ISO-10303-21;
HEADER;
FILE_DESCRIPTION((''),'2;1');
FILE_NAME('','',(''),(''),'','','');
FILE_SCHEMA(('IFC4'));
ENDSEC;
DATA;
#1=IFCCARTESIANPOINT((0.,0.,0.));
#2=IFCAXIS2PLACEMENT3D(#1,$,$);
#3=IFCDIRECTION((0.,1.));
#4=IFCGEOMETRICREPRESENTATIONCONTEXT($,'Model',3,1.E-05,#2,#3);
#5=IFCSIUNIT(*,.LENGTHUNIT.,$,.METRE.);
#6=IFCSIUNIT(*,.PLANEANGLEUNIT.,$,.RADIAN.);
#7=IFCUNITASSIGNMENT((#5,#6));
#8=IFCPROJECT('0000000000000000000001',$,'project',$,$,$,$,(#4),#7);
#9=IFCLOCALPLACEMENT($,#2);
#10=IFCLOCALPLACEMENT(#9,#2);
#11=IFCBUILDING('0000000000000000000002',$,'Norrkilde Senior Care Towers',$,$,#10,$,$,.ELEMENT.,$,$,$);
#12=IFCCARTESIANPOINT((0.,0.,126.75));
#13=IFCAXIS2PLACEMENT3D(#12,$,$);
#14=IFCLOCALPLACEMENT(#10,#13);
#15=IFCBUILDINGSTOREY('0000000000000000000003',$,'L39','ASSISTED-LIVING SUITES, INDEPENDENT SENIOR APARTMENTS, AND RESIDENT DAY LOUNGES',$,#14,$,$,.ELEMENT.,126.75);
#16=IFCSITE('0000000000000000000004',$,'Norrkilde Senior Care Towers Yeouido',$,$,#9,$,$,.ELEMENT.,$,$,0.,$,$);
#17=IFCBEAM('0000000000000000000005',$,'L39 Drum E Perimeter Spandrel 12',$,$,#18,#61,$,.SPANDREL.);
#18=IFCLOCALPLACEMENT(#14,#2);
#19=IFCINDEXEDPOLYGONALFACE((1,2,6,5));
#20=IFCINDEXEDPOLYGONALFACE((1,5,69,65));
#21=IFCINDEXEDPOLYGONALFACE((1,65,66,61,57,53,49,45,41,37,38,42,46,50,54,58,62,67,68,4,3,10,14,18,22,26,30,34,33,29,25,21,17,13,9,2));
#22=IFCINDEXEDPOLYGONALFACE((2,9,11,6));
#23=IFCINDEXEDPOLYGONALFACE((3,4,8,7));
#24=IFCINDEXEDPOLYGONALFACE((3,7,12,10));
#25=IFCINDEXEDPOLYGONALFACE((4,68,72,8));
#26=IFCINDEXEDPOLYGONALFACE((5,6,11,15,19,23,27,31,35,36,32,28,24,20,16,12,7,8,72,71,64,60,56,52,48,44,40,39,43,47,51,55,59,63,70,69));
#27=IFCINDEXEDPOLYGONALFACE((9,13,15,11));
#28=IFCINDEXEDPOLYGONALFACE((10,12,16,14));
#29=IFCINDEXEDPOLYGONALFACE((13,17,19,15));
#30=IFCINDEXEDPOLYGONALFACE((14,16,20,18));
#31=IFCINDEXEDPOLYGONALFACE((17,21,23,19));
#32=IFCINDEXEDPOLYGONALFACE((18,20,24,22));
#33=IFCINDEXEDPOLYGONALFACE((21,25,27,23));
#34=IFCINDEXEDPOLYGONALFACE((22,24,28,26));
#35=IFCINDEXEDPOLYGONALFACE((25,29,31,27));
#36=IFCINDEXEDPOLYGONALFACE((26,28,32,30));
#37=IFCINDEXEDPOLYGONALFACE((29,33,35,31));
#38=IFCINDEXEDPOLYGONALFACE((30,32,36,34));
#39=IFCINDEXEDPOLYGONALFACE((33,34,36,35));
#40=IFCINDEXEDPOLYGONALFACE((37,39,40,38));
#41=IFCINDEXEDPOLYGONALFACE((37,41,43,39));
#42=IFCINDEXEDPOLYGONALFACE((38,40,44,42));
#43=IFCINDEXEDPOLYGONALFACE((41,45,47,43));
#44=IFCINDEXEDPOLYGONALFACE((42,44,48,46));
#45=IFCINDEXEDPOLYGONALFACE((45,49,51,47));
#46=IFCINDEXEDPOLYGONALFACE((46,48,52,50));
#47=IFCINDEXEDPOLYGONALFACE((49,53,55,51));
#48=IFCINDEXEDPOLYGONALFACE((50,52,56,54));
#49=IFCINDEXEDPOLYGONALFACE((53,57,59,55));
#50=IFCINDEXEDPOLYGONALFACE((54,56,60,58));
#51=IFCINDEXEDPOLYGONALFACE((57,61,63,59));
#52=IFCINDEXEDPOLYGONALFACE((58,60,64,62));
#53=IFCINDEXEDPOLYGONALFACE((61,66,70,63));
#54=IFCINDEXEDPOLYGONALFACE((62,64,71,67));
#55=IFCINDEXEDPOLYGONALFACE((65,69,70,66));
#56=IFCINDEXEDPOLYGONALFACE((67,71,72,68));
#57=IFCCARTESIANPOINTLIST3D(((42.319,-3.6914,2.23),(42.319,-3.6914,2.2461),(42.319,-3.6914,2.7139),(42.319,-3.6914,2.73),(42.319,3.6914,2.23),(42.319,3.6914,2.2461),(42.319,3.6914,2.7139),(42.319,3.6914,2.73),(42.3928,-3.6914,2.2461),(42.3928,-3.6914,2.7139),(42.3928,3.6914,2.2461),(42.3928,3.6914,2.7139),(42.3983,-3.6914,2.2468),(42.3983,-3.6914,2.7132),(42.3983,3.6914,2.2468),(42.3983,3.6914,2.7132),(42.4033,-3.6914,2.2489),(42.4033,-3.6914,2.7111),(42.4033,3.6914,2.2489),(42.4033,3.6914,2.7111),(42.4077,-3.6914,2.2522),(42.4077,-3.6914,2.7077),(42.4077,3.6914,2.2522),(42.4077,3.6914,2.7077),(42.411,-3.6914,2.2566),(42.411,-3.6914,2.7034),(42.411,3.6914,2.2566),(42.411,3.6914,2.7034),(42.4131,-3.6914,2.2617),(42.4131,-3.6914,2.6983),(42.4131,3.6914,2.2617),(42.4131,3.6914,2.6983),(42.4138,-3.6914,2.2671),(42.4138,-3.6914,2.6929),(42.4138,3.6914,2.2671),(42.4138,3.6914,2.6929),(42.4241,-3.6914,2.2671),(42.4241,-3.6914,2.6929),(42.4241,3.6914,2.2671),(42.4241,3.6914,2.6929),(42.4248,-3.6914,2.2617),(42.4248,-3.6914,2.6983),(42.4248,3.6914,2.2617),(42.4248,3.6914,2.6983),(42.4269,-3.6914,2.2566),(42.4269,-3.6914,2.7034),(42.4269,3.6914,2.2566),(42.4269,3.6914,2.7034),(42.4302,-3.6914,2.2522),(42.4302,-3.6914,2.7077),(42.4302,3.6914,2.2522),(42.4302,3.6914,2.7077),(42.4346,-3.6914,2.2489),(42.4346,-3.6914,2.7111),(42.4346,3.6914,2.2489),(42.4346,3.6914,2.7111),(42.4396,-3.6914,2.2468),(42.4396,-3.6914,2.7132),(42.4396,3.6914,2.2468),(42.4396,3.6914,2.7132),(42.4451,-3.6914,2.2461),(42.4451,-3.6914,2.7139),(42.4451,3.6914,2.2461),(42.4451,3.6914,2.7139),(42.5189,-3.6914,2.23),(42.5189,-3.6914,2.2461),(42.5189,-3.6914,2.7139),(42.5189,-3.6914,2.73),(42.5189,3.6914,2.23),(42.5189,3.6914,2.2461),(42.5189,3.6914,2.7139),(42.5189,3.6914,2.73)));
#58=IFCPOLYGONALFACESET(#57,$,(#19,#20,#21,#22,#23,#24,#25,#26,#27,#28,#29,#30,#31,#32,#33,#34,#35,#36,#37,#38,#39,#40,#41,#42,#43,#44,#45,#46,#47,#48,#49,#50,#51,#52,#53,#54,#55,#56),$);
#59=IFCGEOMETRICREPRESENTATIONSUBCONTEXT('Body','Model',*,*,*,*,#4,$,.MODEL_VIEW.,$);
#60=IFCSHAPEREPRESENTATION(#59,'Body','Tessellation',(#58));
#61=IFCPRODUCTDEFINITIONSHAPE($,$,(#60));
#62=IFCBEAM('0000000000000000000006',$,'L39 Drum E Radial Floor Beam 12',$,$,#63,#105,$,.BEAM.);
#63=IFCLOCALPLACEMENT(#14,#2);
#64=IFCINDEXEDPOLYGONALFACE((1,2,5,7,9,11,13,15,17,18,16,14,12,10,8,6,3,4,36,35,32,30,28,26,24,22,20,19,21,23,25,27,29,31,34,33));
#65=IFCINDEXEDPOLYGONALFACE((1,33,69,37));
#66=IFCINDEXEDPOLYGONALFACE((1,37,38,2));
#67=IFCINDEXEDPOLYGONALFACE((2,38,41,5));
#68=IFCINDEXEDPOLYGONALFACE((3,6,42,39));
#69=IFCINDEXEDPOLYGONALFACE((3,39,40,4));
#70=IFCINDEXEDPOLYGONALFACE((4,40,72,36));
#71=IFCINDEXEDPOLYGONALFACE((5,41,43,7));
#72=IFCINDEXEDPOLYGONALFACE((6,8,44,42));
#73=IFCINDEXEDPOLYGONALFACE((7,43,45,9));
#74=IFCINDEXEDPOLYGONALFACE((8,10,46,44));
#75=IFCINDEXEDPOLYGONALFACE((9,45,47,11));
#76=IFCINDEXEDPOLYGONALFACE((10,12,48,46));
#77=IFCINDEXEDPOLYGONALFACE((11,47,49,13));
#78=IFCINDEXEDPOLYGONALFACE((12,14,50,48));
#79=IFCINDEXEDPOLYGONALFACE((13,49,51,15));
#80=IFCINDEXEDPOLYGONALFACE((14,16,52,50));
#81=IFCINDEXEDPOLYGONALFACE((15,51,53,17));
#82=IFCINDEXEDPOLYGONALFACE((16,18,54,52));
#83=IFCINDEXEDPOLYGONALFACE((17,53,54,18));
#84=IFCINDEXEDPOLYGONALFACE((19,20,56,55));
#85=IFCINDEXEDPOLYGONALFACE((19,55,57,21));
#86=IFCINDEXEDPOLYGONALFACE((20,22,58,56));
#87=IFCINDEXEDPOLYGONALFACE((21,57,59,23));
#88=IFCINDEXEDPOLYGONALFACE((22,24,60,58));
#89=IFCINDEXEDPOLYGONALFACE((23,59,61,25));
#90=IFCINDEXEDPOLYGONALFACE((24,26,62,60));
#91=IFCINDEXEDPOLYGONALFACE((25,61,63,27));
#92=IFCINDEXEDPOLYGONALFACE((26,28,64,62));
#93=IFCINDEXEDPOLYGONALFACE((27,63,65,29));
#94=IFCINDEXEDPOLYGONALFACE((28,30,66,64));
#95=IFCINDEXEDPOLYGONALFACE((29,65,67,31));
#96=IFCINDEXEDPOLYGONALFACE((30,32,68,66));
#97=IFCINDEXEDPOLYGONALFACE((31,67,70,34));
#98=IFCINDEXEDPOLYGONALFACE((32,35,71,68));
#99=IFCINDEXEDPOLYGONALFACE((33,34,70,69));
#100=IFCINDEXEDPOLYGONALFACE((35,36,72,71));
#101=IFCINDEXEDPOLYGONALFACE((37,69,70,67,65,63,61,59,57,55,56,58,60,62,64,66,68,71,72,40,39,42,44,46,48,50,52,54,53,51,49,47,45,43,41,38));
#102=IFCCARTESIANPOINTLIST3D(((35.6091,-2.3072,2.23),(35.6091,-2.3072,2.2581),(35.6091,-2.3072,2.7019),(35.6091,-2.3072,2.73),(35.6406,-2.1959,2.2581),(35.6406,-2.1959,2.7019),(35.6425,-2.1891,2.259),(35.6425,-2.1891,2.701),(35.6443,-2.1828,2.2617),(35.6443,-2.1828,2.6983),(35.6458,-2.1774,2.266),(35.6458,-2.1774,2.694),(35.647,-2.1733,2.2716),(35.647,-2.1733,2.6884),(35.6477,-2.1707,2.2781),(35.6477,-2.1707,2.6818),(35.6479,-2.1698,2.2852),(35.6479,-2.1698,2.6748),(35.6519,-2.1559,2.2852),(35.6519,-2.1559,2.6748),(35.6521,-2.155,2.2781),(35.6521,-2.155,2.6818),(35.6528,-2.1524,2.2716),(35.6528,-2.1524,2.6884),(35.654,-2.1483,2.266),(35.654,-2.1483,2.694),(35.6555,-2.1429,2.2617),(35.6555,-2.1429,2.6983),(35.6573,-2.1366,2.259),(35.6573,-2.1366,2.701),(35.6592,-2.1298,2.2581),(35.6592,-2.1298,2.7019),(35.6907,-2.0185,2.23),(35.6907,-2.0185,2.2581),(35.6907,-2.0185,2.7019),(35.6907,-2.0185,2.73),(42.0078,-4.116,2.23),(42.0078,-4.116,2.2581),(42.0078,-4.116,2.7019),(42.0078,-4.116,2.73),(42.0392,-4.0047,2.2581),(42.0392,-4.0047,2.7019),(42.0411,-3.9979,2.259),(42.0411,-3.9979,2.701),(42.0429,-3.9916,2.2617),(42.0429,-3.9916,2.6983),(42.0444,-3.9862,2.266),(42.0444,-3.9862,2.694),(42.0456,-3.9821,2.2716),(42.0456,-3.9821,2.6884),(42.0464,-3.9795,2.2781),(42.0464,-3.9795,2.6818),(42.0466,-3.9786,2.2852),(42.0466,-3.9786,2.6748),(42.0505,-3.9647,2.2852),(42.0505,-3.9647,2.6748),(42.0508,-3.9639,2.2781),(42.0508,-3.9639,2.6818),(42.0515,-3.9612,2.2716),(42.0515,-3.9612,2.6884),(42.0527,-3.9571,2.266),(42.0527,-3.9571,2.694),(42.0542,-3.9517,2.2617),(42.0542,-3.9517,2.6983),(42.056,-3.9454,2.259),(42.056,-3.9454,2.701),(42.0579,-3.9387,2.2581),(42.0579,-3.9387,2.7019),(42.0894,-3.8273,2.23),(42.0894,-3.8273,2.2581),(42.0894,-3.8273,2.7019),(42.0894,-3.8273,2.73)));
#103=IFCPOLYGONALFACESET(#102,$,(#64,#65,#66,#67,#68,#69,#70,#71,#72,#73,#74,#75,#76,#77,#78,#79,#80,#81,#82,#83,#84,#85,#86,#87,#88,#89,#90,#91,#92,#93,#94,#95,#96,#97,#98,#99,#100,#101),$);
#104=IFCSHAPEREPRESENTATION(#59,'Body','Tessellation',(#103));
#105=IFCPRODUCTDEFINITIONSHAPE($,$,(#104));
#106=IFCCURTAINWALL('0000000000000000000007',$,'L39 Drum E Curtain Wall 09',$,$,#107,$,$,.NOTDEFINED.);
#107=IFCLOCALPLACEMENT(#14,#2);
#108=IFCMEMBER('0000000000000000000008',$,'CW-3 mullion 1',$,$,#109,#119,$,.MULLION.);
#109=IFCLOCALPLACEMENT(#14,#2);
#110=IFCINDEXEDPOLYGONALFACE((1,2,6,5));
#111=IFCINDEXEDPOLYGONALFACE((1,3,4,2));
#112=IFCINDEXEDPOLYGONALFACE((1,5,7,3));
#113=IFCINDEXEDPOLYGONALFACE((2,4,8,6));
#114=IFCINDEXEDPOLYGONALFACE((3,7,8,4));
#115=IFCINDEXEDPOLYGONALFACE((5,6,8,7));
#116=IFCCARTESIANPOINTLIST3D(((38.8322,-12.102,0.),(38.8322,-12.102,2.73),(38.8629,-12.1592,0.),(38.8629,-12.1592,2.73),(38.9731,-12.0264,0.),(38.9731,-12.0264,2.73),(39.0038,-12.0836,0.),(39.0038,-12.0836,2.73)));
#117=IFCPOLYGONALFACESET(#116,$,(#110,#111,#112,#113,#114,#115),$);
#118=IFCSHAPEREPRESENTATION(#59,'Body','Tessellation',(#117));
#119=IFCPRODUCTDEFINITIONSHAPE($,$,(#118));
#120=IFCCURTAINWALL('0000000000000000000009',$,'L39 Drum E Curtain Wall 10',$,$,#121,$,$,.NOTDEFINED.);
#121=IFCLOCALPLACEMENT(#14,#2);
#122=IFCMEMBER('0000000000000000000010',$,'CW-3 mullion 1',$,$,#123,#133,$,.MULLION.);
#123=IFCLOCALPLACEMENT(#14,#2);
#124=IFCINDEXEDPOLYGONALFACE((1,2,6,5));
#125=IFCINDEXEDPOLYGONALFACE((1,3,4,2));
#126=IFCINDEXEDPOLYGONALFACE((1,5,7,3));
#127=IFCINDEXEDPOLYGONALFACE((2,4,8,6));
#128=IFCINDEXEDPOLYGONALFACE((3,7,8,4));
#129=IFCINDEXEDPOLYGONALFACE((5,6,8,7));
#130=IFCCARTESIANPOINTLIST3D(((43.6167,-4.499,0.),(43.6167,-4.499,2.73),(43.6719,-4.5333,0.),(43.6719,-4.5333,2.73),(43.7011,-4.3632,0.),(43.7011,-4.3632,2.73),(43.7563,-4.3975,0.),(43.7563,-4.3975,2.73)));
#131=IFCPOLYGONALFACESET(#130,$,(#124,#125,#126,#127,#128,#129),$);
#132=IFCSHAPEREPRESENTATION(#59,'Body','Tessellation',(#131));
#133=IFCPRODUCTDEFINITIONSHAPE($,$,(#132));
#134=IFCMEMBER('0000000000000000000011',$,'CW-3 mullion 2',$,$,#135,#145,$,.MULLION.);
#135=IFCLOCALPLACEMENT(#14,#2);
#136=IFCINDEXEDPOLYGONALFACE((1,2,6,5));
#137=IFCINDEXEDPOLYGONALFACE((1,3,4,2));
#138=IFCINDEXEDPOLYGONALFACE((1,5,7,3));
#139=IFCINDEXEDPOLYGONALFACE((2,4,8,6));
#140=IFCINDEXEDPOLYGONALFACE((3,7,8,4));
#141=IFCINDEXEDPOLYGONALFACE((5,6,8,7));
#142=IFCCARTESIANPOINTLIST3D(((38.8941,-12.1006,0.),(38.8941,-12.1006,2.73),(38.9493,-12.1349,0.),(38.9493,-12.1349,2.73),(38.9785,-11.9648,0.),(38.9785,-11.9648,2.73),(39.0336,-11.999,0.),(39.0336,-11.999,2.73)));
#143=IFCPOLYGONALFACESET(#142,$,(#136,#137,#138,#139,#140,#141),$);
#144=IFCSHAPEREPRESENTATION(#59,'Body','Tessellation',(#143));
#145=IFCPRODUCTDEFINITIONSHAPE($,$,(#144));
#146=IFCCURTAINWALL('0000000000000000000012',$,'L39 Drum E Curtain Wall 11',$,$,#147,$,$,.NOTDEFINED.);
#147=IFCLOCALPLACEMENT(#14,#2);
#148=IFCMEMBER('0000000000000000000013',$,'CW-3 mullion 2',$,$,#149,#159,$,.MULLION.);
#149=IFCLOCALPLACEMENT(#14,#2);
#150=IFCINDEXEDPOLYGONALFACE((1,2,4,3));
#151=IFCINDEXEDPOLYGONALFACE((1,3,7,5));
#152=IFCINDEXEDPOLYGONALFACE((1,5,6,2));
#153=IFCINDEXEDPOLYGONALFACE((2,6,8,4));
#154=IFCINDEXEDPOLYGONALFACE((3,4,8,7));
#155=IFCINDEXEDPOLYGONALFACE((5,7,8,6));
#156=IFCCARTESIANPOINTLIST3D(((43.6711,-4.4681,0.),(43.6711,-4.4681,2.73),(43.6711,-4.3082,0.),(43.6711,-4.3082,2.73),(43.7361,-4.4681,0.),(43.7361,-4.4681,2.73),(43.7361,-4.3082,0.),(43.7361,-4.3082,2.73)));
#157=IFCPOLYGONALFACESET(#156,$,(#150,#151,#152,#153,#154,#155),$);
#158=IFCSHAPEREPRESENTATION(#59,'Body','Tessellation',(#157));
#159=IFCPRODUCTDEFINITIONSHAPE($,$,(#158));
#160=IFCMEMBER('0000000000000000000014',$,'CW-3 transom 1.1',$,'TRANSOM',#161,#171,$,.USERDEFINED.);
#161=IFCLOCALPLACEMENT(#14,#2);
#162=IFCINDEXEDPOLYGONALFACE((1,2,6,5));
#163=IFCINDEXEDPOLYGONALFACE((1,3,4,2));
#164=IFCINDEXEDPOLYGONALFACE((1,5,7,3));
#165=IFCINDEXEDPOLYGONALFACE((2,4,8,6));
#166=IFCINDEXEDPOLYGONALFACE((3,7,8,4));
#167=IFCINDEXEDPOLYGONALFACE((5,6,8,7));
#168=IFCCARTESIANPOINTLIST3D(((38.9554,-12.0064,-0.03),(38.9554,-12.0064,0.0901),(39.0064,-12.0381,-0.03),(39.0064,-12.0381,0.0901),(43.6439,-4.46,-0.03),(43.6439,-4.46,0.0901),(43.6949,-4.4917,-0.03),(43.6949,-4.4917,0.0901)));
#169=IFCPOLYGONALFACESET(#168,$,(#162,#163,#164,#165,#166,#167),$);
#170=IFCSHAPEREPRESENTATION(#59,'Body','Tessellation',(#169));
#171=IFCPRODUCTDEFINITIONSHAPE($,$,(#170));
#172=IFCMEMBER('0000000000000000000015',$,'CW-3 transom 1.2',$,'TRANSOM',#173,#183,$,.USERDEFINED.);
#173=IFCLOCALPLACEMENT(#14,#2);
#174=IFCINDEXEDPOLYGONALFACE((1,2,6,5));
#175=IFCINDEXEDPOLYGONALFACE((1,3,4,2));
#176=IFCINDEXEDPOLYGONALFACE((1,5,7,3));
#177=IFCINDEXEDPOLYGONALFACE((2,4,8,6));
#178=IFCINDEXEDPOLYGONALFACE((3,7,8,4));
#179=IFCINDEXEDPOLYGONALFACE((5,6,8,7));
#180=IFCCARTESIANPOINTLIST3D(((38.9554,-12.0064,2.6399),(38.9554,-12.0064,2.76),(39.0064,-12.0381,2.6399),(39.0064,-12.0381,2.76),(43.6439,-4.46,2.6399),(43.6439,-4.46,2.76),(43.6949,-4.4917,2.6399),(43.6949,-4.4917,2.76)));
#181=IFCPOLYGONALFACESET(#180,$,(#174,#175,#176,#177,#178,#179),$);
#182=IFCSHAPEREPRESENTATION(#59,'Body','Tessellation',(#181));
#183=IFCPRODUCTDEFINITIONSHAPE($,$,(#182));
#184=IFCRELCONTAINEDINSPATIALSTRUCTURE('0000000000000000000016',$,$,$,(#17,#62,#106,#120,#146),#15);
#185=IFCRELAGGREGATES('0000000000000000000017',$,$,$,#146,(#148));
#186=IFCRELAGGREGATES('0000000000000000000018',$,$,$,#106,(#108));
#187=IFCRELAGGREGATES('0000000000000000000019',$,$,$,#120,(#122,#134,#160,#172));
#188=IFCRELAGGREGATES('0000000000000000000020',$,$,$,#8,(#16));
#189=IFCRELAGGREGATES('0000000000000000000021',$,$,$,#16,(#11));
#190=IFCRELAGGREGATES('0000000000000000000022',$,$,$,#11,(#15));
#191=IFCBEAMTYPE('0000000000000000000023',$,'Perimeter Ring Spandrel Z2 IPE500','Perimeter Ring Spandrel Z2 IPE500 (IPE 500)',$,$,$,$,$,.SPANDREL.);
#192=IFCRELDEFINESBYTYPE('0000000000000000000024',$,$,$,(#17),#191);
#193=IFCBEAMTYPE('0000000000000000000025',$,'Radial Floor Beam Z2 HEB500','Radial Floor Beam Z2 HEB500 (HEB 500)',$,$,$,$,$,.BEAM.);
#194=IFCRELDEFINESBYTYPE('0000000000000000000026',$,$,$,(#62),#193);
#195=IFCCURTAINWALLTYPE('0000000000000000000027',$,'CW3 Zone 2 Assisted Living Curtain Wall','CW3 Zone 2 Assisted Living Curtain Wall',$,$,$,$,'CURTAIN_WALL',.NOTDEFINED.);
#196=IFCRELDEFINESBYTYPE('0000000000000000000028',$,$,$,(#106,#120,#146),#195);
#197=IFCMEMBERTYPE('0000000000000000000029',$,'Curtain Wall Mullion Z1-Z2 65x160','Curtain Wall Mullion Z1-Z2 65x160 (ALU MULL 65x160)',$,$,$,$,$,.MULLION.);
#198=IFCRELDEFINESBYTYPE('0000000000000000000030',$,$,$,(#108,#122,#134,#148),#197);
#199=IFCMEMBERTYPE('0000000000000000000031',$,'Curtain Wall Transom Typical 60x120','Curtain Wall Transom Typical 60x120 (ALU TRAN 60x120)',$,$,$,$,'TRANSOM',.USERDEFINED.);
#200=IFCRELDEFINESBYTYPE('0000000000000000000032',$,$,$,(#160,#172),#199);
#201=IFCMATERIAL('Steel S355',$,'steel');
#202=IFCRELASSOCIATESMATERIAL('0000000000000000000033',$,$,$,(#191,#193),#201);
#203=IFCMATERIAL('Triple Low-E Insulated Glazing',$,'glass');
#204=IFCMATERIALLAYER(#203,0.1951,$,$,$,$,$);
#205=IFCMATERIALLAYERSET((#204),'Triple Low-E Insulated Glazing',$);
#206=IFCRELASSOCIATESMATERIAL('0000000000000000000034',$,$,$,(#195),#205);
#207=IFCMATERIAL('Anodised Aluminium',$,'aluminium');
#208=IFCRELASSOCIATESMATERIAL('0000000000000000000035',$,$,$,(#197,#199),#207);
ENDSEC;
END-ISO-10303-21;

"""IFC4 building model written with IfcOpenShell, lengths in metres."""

from ifc_helpers import new_model, si_unit, direction, frame, origin, origin_2d, place, context, subcontext, project, spatial, rectangle, i_section, extrude, source, transform, mapped, material, layer, layer_set, material_profile, profile_set, type_object, type_shapes, element, aggregate, save


model = new_model("IFC4")

# Units and contexts
model_context = context("Model", 3, precision=1e-05, world=origin(), true_north=direction((0.0, 1.0)))
body_context = subcontext(model_context, "Body", "Model", "MODEL_VIEW")
ifc_project = project(units=[si_unit("LENGTHUNIT", "METRE"), si_unit("PLANEANGLEUNIT", "RADIAN")], contexts=[model_context])

# Site, building, storey
site_placement = place(None, origin())
site = spatial("IfcSite", under=ifc_project, at=site_placement, Name="Norrkilde Senior Care Towers Yeouido", CompositionType="ELEMENT", RefElevation=0.0)
building_placement = place(site_placement, origin())
building = spatial("IfcBuilding", under=site, at=building_placement, Name="Norrkilde Senior Care Towers", CompositionType="ELEMENT")
storey_placement = place(building_placement, frame((0.0, 0.0, 126.75)))
storey = spatial("IfcBuildingStorey", under=building, at=storey_placement, Name="L39", Description="ASSISTED-LIVING SUITES, INDEPENDENT SENIOR APARTMENTS, AND RESIDENT DAY LOUNGES", CompositionType="ELEMENT", Elevation=126.75)

# Beams
ifc_material_1 = material(Name="Steel S355", Category="steel")
ifc_material_profile_1 = material_profile(ifc_material_1, i_section(OverallWidth=0.2, OverallDepth=0.5, WebThickness=0.0103, FlangeThickness=0.0161, FilletRadius=0.021, at=origin_2d()), Name="IPE 500")
ifc_profile_set_1 = profile_set([ifc_material_profile_1], Name="Steel S355")
beam_type_1 = type_object("IfcBeamType", Name="Perimeter Ring Spandrel Z2 IPE500", Description="Perimeter Ring Spandrel Z2 IPE500 (IPE 500)", PredefinedType="SPANDREL", material=ifc_profile_set_1)
shared_shape_1 = source(origin(), body_context, "Body", "SweptSolid", [
    extrude(i_section(OverallWidth=0.2, OverallDepth=0.5, WebThickness=0.0103, FlangeThickness=0.0161, FilletRadius=0.021, at=origin_2d()), origin(), (0.0, 0.0, 1.0), 7.3828),
])
beam_1_placement = place(storey_placement, frame((42.4189, -3.6914, 2.48), z_axis=(0.0, 1.0, 0.0), x_axis=(-1.0, 0.0, 0.0)))
element("IfcBeam", 1, at=beam_1_placement, inside=storey, type_object=beam_type_1, Name="L39 Drum E Perimeter Spandrel 12", PredefinedType="SPANDREL", context=body_context, shape_type="MappedRepresentation", body=[
    mapped(shared_shape_1, transform((0.0, 0.0, 0.0), x_axis=(1.0, 0.0, 0.0), y_axis=(0.0, 1.0, 0.0), z_axis=(0.0, 0.0, 1.0), scale=1.0)),
])
ifc_material_profile_2 = material_profile(ifc_material_1, i_section(OverallWidth=0.3, OverallDepth=0.5, WebThickness=0.0144, FlangeThickness=0.0281, FilletRadius=0.0271, at=origin_2d()), Name="HEB 500")
ifc_profile_set_2 = profile_set([ifc_material_profile_2], Name="Steel S355")
beam_type_2 = type_object("IfcBeamType", Name="Radial Floor Beam Z2 HEB500", Description="Radial Floor Beam Z2 HEB500 (HEB 500)", PredefinedType="BEAM", material=ifc_profile_set_2)
shared_shape_2 = source(origin(), body_context, "Body", "SweptSolid", [
    extrude(i_section(OverallWidth=0.3, OverallDepth=0.5, WebThickness=0.0144, FlangeThickness=0.0281, FilletRadius=0.0271, at=origin_2d()), origin(), (0.0, 0.0, 1.0), 6.6494),
])
type_shapes(beam_type_2, [shared_shape_2])
beam_2_placement = place(storey_placement, frame((35.6499, -2.1628, 2.48), z_axis=(0.962289, -0.272029, 0.0), x_axis=(0.272029, 0.962289, 0.0)))
element("IfcBeam", 2, at=beam_2_placement, inside=storey, type_object=beam_type_2, Name="L39 Drum E Radial Floor Beam 12", PredefinedType="BEAM", context=body_context, shape_type="MappedRepresentation", body=[
    mapped(shared_shape_2, transform((0.0, 0.0, 0.0), x_axis=(1.0, 0.0, 0.0), y_axis=(0.0, 1.0, 0.0), z_axis=(0.0, 0.0, 1.0), scale=1.0)),
])

# Curtain wall, member
ifc_material_2 = material(Name="Triple Low-E Insulated Glazing", Category="glass")
ifc_layer_1 = layer(ifc_material_2, 0.1951)
ifc_layer_set_1 = layer_set([ifc_layer_1], Name="Triple Low-E Insulated Glazing")
curtain_wall_type = type_object("IfcCurtainWallType", Name="CW3 Zone 2 Assisted Living Curtain Wall", Description="CW3 Zone 2 Assisted Living Curtain Wall", ElementType="CURTAIN_WALL", PredefinedType="NOTDEFINED", material=ifc_layer_set_1)
curtain_wall_1_placement = place(storey_placement, origin())
curtain_wall_1 = element("IfcCurtainWall", 3, at=curtain_wall_1_placement, inside=storey, type_object=curtain_wall_type, Name="L39 Drum E Curtain Wall 09", PredefinedType="NOTDEFINED")
ifc_material_3 = material(Name="Anodised Aluminium", Category="aluminium")
ifc_material_profile_3 = material_profile(ifc_material_3, rectangle(XDim=0.0649, YDim=0.1599, at=origin_2d()), Name="ALU MULL 65x160")
ifc_profile_set_3 = profile_set([ifc_material_profile_3], Name="Anodised Aluminium")
member_type_1 = type_object("IfcMemberType", Name="Curtain Wall Mullion Z1-Z2 65x160", Description="Curtain Wall Mullion Z1-Z2 65x160 (ALU MULL 65x160)", PredefinedType="MULLION", material=ifc_profile_set_3)
shared_shape_3 = source(origin(), body_context, "Body", "SweptSolid", [
    extrude(rectangle(XDim=0.0649, YDim=0.1599, at=origin_2d()), origin(), (0.0, 0.0, 1.0), 2.73),
])
type_shapes(member_type_1, [shared_shape_3])
member_1_placement = place(storey_placement, frame((38.918, -12.0928, 0.0), z_axis=(0.0, 0.0, 1.0), x_axis=(0.472769, -0.881186, 0.0)))
member_1 = element("IfcMember", 4, at=member_1_placement, type_object=member_type_1, Name="CW-3 mullion 1", PredefinedType="MULLION", context=body_context, shape_type="MappedRepresentation", body=[
    mapped(shared_shape_3, transform((0.0, 0.0, 0.0), x_axis=(1.0, 0.0, 0.0), y_axis=(0.0, 1.0, 0.0), z_axis=(0.0, 0.0, 1.0), scale=1.0)),
])

# Curtain wall, members
curtain_wall_2_placement = place(storey_placement, origin())
curtain_wall_2 = element("IfcCurtainWall", 5, at=curtain_wall_2_placement, inside=storey, type_object=curtain_wall_type, Name="L39 Drum E Curtain Wall 10", PredefinedType="NOTDEFINED")
member_2_placement = place(storey_placement, frame((43.6865, -4.4482, 0.0), z_axis=(0.0, 0.0, 1.0), x_axis=(0.84941, -0.527733, 0.0)))
member_2 = element("IfcMember", 6, at=member_2_placement, type_object=member_type_1, Name="CW-3 mullion 1", PredefinedType="MULLION", context=body_context, shape_type="MappedRepresentation", body=[
    mapped(shared_shape_3, transform((0.0, 0.0, 0.0), x_axis=(1.0, 0.0, 0.0), y_axis=(0.0, 1.0, 0.0), z_axis=(0.0, 0.0, 1.0), scale=1.0)),
])
member_3_placement = place(storey_placement, frame((38.9639, -12.0498, 0.0), z_axis=(0.0, 0.0, 1.0), x_axis=(0.84941, -0.527733, 0.0)))
member_3 = element("IfcMember", 7, at=member_3_placement, type_object=member_type_1, Name="CW-3 mullion 2", PredefinedType="MULLION", context=body_context, shape_type="MappedRepresentation", body=[
    mapped(shared_shape_3, transform((0.0, 0.0, 0.0), x_axis=(1.0, 0.0, 0.0), y_axis=(0.0, 1.0, 0.0), z_axis=(0.0, 0.0, 1.0), scale=1.0)),
])

# Curtain wall, member
curtain_wall_3_placement = place(storey_placement, origin())
curtain_wall_3 = element("IfcCurtainWall", 8, at=curtain_wall_3_placement, inside=storey, type_object=curtain_wall_type, Name="L39 Drum E Curtain Wall 11", PredefinedType="NOTDEFINED")
member_4_placement = place(storey_placement, frame((43.7036, -4.3882, 0.0), z_axis=(0.0, 0.0, 1.0), x_axis=(1.0, 0.0, 0.0)))
member_4 = element("IfcMember", 9, at=member_4_placement, type_object=member_type_1, Name="CW-3 mullion 2", PredefinedType="MULLION", context=body_context, shape_type="MappedRepresentation", body=[
    mapped(shared_shape_3, transform((0.0, 0.0, 0.0), x_axis=(1.0, 0.0, 0.0), y_axis=(0.0, 1.0, 0.0), z_axis=(0.0, 0.0, 1.0), scale=1.0)),
])
aggregate(curtain_wall_3, [member_4])

# Members
ifc_material_profile_4 = material_profile(ifc_material_3, rectangle(XDim=0.0601, YDim=0.1201, at=origin_2d()), Name="ALU TRAN 60x120")
ifc_profile_set_4 = profile_set([ifc_material_profile_4], Name="Anodised Aluminium")
member_type_2 = type_object("IfcMemberType", Name="Curtain Wall Transom Typical 60x120", Description="Curtain Wall Transom Typical 60x120 (ALU TRAN 60x120)", ElementType="TRANSOM", PredefinedType="USERDEFINED", material=ifc_profile_set_4)
shared_shape_4 = source(origin(), body_context, "Body", "SweptSolid", [
    extrude(rectangle(XDim=0.0601, YDim=0.1201, at=origin_2d()), origin(), (0.0, 0.0, 1.0), 8.8843),
])
member_5_placement = place(storey_placement, frame((43.6694, -4.4758, 0.03), z_axis=(-0.527729, -0.849413, 0.0), x_axis=(0.849413, -0.527729, 0.0)))
member_5 = element("IfcMember", 10, at=member_5_placement, type_object=member_type_2, Name="CW-3 transom 1.1", ObjectType="TRANSOM", PredefinedType="USERDEFINED", context=body_context, shape_type="MappedRepresentation", body=[
    mapped(shared_shape_4, transform((0.0, 0.0, 0.0), x_axis=(1.0, 0.0, 0.0), y_axis=(0.0, 1.0, 0.0), z_axis=(0.0, 0.0, 1.0), scale=1.0)),
])
member_6_placement = place(storey_placement, frame((43.6694, -4.4758, 2.7), z_axis=(-0.527729, -0.849413, 0.0), x_axis=(0.849413, -0.527729, 0.0)))
member_6 = element("IfcMember", 11, at=member_6_placement, type_object=member_type_2, Name="CW-3 transom 1.2", ObjectType="TRANSOM", PredefinedType="USERDEFINED", context=body_context, shape_type="MappedRepresentation", body=[
    mapped(shared_shape_4, transform((0.0, 0.0, 0.0), x_axis=(1.0, 0.0, 0.0), y_axis=(0.0, 1.0, 0.0), z_axis=(0.0, 0.0, 1.0), scale=1.0)),
])
aggregate(curtain_wall_1, [member_1])

aggregate(curtain_wall_2, [member_2, member_3, member_5, member_6])

save(model, "model.ifc")
